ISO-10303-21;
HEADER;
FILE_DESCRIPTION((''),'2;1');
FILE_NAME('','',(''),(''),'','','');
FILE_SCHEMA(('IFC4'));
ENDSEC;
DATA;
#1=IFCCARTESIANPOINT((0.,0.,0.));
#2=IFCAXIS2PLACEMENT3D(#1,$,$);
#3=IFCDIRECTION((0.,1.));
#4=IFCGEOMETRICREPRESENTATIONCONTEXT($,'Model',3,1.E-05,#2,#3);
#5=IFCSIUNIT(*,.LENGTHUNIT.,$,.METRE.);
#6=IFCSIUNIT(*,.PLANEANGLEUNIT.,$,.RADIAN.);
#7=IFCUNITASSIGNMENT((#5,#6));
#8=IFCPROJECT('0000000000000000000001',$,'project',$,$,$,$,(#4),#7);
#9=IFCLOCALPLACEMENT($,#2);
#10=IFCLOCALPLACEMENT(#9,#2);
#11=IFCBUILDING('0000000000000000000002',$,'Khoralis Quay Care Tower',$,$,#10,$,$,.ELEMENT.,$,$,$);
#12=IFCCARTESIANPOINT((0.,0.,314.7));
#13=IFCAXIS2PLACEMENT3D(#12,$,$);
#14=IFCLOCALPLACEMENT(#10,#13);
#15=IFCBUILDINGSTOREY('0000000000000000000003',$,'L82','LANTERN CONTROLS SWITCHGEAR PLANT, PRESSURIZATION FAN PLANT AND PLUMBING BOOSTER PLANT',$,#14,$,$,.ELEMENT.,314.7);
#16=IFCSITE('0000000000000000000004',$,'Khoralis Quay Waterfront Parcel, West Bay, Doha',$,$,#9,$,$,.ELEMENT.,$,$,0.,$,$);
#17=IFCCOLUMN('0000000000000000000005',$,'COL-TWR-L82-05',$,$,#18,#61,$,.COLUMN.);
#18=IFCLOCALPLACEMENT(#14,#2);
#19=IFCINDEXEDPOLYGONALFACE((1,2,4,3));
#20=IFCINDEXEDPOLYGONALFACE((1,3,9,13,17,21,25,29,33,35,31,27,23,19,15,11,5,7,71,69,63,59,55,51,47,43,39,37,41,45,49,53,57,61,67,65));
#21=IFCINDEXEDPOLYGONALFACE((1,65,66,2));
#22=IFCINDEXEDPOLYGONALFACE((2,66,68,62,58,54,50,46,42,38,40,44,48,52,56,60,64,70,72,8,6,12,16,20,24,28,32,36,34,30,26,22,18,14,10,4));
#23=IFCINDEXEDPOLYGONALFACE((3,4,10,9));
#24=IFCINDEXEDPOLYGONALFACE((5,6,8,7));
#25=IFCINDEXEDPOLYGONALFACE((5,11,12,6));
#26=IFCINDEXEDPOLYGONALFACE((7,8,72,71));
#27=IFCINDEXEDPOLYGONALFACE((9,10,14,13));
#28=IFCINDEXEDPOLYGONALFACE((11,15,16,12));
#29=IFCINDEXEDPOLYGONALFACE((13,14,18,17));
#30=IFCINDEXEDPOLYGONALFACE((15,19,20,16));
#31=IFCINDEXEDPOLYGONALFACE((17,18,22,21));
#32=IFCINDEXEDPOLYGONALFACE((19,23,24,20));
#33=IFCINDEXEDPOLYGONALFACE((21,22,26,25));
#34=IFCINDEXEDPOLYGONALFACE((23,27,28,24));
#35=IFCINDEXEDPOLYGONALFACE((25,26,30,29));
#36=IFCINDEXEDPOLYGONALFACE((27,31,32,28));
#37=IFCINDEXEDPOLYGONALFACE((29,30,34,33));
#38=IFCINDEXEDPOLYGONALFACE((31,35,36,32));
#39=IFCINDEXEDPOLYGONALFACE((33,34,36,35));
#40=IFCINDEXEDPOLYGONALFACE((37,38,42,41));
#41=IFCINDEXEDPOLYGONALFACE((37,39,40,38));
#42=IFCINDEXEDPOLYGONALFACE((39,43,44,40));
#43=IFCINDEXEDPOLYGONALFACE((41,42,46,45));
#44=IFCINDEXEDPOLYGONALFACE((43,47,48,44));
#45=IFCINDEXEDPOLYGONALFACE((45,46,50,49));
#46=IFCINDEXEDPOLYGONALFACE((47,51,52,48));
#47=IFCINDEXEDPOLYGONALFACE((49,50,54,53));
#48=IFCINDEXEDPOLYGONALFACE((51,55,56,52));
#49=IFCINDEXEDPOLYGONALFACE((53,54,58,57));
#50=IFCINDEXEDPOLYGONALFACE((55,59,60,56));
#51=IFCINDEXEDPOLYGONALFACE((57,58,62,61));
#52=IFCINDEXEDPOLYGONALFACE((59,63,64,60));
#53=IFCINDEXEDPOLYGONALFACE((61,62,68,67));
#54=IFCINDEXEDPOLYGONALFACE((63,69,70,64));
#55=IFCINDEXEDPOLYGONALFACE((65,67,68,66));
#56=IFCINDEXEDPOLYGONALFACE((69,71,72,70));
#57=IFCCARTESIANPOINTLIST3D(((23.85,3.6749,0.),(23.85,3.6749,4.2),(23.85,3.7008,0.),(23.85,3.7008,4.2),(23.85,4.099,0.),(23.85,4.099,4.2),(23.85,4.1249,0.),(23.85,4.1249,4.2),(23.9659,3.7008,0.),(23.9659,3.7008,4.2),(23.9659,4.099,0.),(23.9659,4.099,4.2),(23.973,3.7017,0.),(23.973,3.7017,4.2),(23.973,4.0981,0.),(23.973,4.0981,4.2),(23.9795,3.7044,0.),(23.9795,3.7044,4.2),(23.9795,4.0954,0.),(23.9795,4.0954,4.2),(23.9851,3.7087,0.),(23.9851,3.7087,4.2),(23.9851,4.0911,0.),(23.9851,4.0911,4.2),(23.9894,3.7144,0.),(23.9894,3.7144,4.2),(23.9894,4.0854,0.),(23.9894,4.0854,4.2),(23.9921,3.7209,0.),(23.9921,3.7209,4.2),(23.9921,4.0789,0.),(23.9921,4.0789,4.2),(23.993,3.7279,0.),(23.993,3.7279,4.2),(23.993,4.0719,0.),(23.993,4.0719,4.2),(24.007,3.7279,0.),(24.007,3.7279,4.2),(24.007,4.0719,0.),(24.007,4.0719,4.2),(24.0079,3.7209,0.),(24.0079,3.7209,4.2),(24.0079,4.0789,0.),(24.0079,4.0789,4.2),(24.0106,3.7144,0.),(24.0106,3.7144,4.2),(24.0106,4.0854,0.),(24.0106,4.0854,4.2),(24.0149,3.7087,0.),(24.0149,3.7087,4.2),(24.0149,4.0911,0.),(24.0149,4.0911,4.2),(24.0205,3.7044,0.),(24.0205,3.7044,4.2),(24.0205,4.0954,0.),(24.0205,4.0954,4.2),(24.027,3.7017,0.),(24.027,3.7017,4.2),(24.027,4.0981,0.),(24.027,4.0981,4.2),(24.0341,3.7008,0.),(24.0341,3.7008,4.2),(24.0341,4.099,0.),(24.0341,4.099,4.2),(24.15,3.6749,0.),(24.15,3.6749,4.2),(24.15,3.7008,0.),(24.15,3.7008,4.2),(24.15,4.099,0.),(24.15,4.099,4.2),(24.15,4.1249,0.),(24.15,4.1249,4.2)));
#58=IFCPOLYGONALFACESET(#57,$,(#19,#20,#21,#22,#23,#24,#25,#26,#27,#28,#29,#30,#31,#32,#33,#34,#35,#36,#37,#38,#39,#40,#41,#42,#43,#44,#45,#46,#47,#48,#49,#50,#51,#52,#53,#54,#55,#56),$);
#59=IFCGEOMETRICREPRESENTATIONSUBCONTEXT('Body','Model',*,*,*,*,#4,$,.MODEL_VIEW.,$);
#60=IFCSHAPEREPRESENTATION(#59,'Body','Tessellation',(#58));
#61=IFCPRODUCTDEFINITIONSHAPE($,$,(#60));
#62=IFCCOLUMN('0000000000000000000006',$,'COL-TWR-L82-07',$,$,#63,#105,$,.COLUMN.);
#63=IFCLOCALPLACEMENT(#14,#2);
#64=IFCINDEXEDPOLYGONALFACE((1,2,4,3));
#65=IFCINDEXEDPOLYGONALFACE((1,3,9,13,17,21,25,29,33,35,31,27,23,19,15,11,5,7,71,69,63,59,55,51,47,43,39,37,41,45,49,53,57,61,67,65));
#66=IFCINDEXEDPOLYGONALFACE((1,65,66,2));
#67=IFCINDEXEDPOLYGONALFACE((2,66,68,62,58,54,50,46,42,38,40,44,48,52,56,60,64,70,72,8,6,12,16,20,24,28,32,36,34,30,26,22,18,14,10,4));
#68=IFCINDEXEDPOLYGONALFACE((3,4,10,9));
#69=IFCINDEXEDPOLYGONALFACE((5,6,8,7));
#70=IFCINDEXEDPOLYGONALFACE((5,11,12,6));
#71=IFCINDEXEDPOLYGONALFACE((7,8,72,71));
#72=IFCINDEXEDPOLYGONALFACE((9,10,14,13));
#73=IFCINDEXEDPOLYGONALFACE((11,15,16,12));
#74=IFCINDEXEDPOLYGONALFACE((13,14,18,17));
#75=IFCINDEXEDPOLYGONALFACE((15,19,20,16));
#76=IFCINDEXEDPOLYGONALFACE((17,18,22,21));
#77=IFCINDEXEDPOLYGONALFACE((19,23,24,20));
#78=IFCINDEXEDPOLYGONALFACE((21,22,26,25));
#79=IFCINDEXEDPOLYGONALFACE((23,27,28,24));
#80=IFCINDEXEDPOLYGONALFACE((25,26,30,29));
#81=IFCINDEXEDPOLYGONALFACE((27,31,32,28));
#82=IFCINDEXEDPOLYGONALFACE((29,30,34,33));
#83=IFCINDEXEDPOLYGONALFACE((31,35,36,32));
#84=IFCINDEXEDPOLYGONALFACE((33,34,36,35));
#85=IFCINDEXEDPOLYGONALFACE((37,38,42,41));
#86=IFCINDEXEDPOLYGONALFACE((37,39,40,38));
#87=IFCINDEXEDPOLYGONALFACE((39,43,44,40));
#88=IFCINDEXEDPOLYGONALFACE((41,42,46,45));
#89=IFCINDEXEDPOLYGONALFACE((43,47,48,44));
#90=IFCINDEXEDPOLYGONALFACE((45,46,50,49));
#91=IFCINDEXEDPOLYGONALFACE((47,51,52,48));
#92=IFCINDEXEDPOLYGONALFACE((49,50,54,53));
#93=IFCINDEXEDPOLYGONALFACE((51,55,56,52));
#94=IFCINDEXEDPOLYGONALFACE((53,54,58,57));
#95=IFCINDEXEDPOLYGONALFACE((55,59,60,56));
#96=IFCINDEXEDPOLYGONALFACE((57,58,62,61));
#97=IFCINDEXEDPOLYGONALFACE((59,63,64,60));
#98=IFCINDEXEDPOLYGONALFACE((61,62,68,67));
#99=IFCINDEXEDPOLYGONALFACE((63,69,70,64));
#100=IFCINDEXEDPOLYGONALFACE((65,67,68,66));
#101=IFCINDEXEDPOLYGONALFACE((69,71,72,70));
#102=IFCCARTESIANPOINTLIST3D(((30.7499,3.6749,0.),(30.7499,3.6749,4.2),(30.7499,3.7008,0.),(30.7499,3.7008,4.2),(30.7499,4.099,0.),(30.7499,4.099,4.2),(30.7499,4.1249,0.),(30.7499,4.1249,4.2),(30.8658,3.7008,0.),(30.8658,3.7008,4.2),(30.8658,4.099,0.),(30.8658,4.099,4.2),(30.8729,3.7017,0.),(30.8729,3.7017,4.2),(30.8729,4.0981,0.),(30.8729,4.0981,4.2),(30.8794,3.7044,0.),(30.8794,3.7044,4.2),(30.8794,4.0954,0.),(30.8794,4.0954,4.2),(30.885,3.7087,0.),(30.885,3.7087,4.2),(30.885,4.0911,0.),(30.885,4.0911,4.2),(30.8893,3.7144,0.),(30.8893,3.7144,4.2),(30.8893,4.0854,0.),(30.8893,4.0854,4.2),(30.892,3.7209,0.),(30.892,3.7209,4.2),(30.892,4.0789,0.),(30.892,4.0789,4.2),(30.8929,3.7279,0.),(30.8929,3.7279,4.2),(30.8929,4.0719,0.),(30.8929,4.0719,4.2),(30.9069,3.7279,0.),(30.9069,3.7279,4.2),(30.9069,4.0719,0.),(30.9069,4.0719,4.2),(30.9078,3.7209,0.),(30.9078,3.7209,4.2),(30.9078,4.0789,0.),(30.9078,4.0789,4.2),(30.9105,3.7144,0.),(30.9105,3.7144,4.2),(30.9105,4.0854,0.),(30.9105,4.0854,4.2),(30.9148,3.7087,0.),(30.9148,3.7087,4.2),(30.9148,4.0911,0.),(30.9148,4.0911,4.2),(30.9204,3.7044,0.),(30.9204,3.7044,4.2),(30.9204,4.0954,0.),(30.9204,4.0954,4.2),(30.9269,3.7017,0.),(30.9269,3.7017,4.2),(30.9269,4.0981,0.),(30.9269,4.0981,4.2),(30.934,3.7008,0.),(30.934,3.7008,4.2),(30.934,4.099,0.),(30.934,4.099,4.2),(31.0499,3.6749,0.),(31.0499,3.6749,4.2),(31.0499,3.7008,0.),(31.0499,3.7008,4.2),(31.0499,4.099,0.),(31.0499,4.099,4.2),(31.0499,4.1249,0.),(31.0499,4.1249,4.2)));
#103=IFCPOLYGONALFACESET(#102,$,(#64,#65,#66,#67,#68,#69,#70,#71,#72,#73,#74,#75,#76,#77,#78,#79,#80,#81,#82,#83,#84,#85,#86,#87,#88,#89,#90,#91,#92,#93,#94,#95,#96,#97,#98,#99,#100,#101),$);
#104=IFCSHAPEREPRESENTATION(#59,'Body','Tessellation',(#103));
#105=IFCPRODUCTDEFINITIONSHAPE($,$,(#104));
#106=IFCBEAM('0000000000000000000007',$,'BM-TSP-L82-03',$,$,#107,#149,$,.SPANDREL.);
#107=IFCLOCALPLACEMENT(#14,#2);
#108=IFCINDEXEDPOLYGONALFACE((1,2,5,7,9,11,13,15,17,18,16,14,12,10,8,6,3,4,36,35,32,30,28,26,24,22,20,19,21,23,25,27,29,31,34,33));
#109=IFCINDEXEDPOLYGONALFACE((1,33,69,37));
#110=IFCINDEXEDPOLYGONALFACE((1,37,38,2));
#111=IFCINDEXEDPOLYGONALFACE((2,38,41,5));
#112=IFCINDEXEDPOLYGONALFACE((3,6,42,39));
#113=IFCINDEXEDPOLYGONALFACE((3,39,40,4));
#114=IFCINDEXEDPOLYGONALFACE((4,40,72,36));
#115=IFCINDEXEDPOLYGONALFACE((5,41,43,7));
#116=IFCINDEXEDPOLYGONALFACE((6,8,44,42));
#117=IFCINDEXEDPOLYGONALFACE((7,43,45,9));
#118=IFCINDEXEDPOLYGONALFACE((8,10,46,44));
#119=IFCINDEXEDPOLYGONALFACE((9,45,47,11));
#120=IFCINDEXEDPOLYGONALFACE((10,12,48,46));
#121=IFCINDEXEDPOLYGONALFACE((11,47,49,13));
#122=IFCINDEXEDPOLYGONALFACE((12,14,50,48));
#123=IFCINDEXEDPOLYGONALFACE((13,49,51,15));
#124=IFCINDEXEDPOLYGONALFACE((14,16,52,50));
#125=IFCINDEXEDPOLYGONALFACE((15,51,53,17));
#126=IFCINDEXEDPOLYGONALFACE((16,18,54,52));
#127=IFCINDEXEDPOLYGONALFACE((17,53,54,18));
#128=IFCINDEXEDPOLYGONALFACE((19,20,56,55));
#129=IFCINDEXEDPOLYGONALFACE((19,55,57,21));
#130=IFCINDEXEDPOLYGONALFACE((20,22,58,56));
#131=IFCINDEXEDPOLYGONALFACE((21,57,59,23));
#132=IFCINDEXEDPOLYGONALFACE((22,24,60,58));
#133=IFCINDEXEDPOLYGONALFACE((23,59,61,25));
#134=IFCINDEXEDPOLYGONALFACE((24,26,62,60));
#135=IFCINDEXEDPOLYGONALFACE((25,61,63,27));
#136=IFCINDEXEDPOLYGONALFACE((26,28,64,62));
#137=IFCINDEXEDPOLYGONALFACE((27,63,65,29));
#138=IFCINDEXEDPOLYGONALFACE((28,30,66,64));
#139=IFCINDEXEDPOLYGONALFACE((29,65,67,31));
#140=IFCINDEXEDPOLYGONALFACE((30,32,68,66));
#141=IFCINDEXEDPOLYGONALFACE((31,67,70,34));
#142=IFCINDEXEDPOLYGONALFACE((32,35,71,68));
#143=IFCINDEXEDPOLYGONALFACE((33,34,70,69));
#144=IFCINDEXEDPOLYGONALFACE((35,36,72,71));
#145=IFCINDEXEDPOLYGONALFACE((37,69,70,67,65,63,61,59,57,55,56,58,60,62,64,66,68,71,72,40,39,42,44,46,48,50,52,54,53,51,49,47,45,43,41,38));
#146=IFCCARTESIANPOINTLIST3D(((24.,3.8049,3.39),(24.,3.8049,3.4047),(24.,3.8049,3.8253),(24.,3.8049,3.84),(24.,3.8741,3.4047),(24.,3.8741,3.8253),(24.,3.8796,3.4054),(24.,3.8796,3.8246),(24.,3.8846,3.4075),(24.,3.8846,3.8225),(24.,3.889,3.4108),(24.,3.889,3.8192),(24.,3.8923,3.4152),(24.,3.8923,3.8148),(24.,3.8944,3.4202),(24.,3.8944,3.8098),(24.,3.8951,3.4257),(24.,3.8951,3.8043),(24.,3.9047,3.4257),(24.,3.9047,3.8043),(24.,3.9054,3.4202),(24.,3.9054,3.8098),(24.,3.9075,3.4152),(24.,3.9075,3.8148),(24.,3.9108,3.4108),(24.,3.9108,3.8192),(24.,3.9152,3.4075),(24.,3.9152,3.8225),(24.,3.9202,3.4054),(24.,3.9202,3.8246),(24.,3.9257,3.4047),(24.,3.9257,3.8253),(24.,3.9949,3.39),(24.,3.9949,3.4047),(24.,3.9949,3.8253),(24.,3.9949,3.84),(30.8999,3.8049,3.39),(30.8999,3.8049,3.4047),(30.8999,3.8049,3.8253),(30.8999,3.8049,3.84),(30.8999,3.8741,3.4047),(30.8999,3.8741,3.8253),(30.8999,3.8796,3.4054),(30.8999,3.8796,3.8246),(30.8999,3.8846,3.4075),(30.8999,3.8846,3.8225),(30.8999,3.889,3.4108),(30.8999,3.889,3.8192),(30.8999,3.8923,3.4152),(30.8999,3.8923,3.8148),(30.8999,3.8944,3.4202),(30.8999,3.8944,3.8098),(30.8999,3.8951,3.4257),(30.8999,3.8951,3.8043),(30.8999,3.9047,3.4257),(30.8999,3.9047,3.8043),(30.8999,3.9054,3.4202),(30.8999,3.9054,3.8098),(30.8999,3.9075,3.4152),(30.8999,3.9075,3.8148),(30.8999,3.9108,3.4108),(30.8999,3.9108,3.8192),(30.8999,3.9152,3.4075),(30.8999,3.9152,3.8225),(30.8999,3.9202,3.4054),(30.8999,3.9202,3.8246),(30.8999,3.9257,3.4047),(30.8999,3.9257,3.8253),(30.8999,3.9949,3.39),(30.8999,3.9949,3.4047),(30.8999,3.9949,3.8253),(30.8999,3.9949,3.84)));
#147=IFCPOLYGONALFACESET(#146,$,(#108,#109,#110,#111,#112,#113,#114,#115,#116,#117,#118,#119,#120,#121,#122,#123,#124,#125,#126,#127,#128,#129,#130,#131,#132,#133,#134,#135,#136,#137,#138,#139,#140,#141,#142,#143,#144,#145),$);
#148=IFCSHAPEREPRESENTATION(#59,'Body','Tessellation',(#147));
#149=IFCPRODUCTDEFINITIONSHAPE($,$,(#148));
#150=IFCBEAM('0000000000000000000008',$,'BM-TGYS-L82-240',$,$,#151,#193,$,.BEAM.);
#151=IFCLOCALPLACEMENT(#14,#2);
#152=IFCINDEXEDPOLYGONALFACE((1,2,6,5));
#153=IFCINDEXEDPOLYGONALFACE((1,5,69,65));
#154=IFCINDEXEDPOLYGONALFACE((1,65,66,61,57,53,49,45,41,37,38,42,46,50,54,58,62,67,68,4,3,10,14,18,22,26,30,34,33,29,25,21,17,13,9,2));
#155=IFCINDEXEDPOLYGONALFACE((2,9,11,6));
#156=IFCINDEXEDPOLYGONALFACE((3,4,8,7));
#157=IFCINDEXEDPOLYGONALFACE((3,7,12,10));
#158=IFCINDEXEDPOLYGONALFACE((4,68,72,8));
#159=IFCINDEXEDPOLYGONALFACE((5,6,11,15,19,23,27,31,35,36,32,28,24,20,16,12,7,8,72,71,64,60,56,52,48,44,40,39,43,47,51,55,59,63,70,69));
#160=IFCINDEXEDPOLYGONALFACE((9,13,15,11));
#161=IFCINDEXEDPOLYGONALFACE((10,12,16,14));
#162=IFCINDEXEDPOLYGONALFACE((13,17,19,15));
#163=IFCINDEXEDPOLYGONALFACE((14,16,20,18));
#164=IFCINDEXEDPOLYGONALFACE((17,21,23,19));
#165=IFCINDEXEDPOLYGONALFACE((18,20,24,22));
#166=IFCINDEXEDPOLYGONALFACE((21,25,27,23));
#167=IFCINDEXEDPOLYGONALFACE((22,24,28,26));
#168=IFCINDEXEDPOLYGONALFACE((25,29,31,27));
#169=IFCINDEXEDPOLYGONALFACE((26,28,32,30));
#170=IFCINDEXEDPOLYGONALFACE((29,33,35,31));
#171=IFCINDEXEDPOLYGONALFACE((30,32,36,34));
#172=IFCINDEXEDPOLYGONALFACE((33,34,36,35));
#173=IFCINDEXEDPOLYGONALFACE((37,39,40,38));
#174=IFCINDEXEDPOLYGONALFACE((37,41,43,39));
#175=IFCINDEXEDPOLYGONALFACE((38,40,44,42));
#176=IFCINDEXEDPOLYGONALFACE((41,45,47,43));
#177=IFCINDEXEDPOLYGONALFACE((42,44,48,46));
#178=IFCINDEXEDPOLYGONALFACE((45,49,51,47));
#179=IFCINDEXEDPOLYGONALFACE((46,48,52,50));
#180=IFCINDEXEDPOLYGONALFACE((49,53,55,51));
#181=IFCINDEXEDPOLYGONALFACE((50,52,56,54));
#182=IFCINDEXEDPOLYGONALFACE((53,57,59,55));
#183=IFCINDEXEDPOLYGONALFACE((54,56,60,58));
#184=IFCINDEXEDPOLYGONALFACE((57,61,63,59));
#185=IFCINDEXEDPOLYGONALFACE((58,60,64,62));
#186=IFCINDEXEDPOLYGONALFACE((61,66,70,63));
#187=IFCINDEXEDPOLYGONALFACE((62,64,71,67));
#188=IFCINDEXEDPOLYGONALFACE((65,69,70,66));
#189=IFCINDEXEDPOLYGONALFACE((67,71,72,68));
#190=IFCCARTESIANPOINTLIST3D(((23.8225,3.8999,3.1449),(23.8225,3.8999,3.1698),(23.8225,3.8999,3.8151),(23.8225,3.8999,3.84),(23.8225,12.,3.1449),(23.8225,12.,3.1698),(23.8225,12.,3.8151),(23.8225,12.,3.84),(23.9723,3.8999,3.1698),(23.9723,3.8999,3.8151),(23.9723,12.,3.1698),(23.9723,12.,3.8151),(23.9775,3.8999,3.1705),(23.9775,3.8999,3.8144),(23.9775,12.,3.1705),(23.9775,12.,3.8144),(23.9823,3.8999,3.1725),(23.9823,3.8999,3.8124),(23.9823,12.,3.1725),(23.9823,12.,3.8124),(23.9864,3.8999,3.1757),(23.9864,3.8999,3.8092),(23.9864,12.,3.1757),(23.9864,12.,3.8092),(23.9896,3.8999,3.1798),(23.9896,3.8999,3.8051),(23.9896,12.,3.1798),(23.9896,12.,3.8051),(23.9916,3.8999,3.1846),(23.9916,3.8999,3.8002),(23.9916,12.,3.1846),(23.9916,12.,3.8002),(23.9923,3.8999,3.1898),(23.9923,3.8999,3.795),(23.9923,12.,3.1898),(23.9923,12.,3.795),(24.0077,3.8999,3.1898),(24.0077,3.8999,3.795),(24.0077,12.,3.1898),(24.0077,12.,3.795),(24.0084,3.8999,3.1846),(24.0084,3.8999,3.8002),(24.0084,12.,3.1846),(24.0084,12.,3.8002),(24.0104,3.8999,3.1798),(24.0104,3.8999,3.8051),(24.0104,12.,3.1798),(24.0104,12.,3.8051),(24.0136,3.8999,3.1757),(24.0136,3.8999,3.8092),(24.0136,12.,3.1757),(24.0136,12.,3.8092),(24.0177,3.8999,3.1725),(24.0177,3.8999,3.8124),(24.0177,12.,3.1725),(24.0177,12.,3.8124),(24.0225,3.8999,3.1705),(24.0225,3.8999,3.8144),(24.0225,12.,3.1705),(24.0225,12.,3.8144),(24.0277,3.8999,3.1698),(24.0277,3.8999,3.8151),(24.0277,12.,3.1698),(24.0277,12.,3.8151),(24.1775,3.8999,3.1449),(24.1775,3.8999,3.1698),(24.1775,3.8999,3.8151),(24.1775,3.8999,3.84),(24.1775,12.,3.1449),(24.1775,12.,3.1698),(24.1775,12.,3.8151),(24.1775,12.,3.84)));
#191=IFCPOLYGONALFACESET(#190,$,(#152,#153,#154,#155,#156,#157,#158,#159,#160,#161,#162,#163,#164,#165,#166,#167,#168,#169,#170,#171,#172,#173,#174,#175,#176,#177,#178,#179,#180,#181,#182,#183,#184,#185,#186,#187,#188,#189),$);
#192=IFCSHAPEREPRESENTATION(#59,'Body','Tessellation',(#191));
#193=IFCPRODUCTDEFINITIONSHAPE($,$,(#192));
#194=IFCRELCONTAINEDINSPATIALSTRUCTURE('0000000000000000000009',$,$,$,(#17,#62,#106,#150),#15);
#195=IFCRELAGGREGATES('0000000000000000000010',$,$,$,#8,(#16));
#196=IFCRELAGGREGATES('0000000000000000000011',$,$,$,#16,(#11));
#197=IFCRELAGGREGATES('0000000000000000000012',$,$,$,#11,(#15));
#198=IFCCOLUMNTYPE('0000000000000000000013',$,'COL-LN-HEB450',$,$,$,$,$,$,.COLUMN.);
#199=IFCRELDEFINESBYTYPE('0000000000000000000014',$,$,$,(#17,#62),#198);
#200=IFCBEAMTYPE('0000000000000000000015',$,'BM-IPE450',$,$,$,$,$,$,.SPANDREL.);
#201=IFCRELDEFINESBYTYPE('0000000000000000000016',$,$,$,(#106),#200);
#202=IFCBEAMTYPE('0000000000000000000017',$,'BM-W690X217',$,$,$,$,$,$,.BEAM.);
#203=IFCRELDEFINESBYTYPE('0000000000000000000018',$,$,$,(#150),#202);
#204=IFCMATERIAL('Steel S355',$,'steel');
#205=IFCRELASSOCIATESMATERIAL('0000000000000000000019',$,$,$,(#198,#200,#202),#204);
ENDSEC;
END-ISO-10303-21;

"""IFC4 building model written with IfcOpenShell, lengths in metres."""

from ifc_helpers import new_model, si_unit, direction, frame, origin, origin_2d, place, context, subcontext, project, spatial, i_section, extrude, source, transform, mapped, material, material_profile, profile_set, type_object, element, save


model = new_model("IFC4")

# Units and contexts
model_context = context("Model", 3, precision=1e-05, world=origin(), true_north=direction((0.0, 1.0)))
body_context = subcontext(model_context, "Body", "Model", "MODEL_VIEW")
ifc_project = project(units=[si_unit("LENGTHUNIT", "METRE"), si_unit("PLANEANGLEUNIT", "RADIAN")], contexts=[model_context])

# Site, building, storey
site_placement = place(None, origin())
site = spatial("IfcSite", under=ifc_project, at=site_placement, Name="Khoralis Quay Waterfront Parcel, West Bay, Doha", CompositionType="ELEMENT", RefElevation=0.0)
building_placement = place(site_placement, origin())
building = spatial("IfcBuilding", under=site, at=building_placement, Name="Khoralis Quay Care Tower", CompositionType="ELEMENT")
storey_placement = place(building_placement, frame((0.0, 0.0, 314.7)))
storey = spatial("IfcBuildingStorey", under=building, at=storey_placement, Name="L82", Description="LANTERN CONTROLS SWITCHGEAR PLANT, PRESSURIZATION FAN PLANT AND PLUMBING BOOSTER PLANT", CompositionType="ELEMENT", Elevation=314.7)

# Columns
ifc_material_1 = material(Name="Steel S355", Category="steel")
ifc_material_profile_1 = material_profile(ifc_material_1, i_section(OverallWidth=0.3, OverallDepth=0.45, WebThickness=0.0139, FlangeThickness=0.0259, FilletRadius=0.0271, at=origin_2d()), Name="Steel S355")
ifc_profile_set_1 = profile_set([ifc_material_profile_1], Name="Steel S355")
column_type = type_object("IfcColumnType", Name="COL-LN-HEB450", PredefinedType="COLUMN", material=ifc_profile_set_1)
shared_shape_1 = source(origin(), body_context, "Body", "SweptSolid", [
    extrude(i_section(OverallWidth=0.3, OverallDepth=0.45, WebThickness=0.0139, FlangeThickness=0.0259, FilletRadius=0.0271, at=origin_2d()), origin(), (0.0, 0.0, 1.0), 4.2),
])
for number, where, z_axis, x_axis, name in (
    (1, (24.0, 3.8999, 0.0), (0.0, 0.0, 1.0), (1.0, 0.0, 0.0), "COL-TWR-L82-05"),
    (2, (30.8999, 3.8999, 0.0), (0.0, 0.0, 1.0), (1.0, 0.0, 0.0), "COL-TWR-L82-07"),
):
    element("IfcColumn", number, at=place(storey_placement, frame(where, z_axis=z_axis, x_axis=x_axis)), inside=storey, type_object=column_type, Name=name, PredefinedType="COLUMN", context=body_context, shape_type="MappedRepresentation", body=[
        mapped(shared_shape_1, transform((0.0, 0.0, 0.0), scale=1.0)),
    ])

# Beams
ifc_material_profile_2 = material_profile(ifc_material_1, i_section(OverallWidth=0.1899, OverallDepth=0.45, WebThickness=0.0095, FlangeThickness=0.0146, FilletRadius=0.021, at=origin_2d()), Name="Steel S355")
ifc_profile_set_2 = profile_set([ifc_material_profile_2], Name="Steel S355")
beam_type_1 = type_object("IfcBeamType", Name="BM-IPE450", PredefinedType="SPANDREL", material=ifc_profile_set_2)
shared_shape_2 = source(origin(), body_context, "Body", "SweptSolid", [
    extrude(i_section(OverallWidth=0.1899, OverallDepth=0.45, WebThickness=0.0095, FlangeThickness=0.0146, FilletRadius=0.021, at=origin_2d()), origin(), (0.0, 0.0, 1.0), 6.8999),
])
beam_1_placement = place(storey_placement, frame((24.0, 3.8999, 3.615), z_axis=(1.0, 0.0, 0.0), x_axis=(0.0, 1.0, 0.0)))
element("IfcBeam", 3, at=beam_1_placement, inside=storey, type_object=beam_type_1, Name="BM-TSP-L82-03", PredefinedType="SPANDREL", context=body_context, shape_type="MappedRepresentation", body=[
    mapped(shared_shape_2, transform((0.0, 0.0, 0.0), scale=1.0)),
])
ifc_material_profile_3 = material_profile(ifc_material_1, i_section(OverallWidth=0.355, OverallDepth=0.6951, WebThickness=0.0154, FlangeThickness=0.0249, FilletRadius=0.02, at=origin_2d()), Name="Steel S355")
ifc_profile_set_3 = profile_set([ifc_material_profile_3], Name="Steel S355")
beam_type_2 = type_object("IfcBeamType", Name="BM-W690X217", PredefinedType="BEAM", material=ifc_profile_set_3)
shared_shape_3 = source(origin(), body_context, "Body", "SweptSolid", [
    extrude(i_section(OverallWidth=0.355, OverallDepth=0.6951, WebThickness=0.0154, FlangeThickness=0.0249, FilletRadius=0.02, at=origin_2d()), origin(), (0.0, 0.0, 1.0), 8.1001),
])
beam_2_placement = place(storey_placement, frame((24.0, 3.8999, 3.4924), z_axis=(0.0, 1.0, 0.0), x_axis=(-1.0, 0.0, 0.0)))
element("IfcBeam", 4, at=beam_2_placement, inside=storey, type_object=beam_type_2, Name="BM-TGYS-L82-240", PredefinedType="BEAM", context=body_context, shape_type="MappedRepresentation", body=[
    mapped(shared_shape_3, transform((0.0, 0.0, 0.0), scale=1.0)),
])

save(model, "model.ifc")
